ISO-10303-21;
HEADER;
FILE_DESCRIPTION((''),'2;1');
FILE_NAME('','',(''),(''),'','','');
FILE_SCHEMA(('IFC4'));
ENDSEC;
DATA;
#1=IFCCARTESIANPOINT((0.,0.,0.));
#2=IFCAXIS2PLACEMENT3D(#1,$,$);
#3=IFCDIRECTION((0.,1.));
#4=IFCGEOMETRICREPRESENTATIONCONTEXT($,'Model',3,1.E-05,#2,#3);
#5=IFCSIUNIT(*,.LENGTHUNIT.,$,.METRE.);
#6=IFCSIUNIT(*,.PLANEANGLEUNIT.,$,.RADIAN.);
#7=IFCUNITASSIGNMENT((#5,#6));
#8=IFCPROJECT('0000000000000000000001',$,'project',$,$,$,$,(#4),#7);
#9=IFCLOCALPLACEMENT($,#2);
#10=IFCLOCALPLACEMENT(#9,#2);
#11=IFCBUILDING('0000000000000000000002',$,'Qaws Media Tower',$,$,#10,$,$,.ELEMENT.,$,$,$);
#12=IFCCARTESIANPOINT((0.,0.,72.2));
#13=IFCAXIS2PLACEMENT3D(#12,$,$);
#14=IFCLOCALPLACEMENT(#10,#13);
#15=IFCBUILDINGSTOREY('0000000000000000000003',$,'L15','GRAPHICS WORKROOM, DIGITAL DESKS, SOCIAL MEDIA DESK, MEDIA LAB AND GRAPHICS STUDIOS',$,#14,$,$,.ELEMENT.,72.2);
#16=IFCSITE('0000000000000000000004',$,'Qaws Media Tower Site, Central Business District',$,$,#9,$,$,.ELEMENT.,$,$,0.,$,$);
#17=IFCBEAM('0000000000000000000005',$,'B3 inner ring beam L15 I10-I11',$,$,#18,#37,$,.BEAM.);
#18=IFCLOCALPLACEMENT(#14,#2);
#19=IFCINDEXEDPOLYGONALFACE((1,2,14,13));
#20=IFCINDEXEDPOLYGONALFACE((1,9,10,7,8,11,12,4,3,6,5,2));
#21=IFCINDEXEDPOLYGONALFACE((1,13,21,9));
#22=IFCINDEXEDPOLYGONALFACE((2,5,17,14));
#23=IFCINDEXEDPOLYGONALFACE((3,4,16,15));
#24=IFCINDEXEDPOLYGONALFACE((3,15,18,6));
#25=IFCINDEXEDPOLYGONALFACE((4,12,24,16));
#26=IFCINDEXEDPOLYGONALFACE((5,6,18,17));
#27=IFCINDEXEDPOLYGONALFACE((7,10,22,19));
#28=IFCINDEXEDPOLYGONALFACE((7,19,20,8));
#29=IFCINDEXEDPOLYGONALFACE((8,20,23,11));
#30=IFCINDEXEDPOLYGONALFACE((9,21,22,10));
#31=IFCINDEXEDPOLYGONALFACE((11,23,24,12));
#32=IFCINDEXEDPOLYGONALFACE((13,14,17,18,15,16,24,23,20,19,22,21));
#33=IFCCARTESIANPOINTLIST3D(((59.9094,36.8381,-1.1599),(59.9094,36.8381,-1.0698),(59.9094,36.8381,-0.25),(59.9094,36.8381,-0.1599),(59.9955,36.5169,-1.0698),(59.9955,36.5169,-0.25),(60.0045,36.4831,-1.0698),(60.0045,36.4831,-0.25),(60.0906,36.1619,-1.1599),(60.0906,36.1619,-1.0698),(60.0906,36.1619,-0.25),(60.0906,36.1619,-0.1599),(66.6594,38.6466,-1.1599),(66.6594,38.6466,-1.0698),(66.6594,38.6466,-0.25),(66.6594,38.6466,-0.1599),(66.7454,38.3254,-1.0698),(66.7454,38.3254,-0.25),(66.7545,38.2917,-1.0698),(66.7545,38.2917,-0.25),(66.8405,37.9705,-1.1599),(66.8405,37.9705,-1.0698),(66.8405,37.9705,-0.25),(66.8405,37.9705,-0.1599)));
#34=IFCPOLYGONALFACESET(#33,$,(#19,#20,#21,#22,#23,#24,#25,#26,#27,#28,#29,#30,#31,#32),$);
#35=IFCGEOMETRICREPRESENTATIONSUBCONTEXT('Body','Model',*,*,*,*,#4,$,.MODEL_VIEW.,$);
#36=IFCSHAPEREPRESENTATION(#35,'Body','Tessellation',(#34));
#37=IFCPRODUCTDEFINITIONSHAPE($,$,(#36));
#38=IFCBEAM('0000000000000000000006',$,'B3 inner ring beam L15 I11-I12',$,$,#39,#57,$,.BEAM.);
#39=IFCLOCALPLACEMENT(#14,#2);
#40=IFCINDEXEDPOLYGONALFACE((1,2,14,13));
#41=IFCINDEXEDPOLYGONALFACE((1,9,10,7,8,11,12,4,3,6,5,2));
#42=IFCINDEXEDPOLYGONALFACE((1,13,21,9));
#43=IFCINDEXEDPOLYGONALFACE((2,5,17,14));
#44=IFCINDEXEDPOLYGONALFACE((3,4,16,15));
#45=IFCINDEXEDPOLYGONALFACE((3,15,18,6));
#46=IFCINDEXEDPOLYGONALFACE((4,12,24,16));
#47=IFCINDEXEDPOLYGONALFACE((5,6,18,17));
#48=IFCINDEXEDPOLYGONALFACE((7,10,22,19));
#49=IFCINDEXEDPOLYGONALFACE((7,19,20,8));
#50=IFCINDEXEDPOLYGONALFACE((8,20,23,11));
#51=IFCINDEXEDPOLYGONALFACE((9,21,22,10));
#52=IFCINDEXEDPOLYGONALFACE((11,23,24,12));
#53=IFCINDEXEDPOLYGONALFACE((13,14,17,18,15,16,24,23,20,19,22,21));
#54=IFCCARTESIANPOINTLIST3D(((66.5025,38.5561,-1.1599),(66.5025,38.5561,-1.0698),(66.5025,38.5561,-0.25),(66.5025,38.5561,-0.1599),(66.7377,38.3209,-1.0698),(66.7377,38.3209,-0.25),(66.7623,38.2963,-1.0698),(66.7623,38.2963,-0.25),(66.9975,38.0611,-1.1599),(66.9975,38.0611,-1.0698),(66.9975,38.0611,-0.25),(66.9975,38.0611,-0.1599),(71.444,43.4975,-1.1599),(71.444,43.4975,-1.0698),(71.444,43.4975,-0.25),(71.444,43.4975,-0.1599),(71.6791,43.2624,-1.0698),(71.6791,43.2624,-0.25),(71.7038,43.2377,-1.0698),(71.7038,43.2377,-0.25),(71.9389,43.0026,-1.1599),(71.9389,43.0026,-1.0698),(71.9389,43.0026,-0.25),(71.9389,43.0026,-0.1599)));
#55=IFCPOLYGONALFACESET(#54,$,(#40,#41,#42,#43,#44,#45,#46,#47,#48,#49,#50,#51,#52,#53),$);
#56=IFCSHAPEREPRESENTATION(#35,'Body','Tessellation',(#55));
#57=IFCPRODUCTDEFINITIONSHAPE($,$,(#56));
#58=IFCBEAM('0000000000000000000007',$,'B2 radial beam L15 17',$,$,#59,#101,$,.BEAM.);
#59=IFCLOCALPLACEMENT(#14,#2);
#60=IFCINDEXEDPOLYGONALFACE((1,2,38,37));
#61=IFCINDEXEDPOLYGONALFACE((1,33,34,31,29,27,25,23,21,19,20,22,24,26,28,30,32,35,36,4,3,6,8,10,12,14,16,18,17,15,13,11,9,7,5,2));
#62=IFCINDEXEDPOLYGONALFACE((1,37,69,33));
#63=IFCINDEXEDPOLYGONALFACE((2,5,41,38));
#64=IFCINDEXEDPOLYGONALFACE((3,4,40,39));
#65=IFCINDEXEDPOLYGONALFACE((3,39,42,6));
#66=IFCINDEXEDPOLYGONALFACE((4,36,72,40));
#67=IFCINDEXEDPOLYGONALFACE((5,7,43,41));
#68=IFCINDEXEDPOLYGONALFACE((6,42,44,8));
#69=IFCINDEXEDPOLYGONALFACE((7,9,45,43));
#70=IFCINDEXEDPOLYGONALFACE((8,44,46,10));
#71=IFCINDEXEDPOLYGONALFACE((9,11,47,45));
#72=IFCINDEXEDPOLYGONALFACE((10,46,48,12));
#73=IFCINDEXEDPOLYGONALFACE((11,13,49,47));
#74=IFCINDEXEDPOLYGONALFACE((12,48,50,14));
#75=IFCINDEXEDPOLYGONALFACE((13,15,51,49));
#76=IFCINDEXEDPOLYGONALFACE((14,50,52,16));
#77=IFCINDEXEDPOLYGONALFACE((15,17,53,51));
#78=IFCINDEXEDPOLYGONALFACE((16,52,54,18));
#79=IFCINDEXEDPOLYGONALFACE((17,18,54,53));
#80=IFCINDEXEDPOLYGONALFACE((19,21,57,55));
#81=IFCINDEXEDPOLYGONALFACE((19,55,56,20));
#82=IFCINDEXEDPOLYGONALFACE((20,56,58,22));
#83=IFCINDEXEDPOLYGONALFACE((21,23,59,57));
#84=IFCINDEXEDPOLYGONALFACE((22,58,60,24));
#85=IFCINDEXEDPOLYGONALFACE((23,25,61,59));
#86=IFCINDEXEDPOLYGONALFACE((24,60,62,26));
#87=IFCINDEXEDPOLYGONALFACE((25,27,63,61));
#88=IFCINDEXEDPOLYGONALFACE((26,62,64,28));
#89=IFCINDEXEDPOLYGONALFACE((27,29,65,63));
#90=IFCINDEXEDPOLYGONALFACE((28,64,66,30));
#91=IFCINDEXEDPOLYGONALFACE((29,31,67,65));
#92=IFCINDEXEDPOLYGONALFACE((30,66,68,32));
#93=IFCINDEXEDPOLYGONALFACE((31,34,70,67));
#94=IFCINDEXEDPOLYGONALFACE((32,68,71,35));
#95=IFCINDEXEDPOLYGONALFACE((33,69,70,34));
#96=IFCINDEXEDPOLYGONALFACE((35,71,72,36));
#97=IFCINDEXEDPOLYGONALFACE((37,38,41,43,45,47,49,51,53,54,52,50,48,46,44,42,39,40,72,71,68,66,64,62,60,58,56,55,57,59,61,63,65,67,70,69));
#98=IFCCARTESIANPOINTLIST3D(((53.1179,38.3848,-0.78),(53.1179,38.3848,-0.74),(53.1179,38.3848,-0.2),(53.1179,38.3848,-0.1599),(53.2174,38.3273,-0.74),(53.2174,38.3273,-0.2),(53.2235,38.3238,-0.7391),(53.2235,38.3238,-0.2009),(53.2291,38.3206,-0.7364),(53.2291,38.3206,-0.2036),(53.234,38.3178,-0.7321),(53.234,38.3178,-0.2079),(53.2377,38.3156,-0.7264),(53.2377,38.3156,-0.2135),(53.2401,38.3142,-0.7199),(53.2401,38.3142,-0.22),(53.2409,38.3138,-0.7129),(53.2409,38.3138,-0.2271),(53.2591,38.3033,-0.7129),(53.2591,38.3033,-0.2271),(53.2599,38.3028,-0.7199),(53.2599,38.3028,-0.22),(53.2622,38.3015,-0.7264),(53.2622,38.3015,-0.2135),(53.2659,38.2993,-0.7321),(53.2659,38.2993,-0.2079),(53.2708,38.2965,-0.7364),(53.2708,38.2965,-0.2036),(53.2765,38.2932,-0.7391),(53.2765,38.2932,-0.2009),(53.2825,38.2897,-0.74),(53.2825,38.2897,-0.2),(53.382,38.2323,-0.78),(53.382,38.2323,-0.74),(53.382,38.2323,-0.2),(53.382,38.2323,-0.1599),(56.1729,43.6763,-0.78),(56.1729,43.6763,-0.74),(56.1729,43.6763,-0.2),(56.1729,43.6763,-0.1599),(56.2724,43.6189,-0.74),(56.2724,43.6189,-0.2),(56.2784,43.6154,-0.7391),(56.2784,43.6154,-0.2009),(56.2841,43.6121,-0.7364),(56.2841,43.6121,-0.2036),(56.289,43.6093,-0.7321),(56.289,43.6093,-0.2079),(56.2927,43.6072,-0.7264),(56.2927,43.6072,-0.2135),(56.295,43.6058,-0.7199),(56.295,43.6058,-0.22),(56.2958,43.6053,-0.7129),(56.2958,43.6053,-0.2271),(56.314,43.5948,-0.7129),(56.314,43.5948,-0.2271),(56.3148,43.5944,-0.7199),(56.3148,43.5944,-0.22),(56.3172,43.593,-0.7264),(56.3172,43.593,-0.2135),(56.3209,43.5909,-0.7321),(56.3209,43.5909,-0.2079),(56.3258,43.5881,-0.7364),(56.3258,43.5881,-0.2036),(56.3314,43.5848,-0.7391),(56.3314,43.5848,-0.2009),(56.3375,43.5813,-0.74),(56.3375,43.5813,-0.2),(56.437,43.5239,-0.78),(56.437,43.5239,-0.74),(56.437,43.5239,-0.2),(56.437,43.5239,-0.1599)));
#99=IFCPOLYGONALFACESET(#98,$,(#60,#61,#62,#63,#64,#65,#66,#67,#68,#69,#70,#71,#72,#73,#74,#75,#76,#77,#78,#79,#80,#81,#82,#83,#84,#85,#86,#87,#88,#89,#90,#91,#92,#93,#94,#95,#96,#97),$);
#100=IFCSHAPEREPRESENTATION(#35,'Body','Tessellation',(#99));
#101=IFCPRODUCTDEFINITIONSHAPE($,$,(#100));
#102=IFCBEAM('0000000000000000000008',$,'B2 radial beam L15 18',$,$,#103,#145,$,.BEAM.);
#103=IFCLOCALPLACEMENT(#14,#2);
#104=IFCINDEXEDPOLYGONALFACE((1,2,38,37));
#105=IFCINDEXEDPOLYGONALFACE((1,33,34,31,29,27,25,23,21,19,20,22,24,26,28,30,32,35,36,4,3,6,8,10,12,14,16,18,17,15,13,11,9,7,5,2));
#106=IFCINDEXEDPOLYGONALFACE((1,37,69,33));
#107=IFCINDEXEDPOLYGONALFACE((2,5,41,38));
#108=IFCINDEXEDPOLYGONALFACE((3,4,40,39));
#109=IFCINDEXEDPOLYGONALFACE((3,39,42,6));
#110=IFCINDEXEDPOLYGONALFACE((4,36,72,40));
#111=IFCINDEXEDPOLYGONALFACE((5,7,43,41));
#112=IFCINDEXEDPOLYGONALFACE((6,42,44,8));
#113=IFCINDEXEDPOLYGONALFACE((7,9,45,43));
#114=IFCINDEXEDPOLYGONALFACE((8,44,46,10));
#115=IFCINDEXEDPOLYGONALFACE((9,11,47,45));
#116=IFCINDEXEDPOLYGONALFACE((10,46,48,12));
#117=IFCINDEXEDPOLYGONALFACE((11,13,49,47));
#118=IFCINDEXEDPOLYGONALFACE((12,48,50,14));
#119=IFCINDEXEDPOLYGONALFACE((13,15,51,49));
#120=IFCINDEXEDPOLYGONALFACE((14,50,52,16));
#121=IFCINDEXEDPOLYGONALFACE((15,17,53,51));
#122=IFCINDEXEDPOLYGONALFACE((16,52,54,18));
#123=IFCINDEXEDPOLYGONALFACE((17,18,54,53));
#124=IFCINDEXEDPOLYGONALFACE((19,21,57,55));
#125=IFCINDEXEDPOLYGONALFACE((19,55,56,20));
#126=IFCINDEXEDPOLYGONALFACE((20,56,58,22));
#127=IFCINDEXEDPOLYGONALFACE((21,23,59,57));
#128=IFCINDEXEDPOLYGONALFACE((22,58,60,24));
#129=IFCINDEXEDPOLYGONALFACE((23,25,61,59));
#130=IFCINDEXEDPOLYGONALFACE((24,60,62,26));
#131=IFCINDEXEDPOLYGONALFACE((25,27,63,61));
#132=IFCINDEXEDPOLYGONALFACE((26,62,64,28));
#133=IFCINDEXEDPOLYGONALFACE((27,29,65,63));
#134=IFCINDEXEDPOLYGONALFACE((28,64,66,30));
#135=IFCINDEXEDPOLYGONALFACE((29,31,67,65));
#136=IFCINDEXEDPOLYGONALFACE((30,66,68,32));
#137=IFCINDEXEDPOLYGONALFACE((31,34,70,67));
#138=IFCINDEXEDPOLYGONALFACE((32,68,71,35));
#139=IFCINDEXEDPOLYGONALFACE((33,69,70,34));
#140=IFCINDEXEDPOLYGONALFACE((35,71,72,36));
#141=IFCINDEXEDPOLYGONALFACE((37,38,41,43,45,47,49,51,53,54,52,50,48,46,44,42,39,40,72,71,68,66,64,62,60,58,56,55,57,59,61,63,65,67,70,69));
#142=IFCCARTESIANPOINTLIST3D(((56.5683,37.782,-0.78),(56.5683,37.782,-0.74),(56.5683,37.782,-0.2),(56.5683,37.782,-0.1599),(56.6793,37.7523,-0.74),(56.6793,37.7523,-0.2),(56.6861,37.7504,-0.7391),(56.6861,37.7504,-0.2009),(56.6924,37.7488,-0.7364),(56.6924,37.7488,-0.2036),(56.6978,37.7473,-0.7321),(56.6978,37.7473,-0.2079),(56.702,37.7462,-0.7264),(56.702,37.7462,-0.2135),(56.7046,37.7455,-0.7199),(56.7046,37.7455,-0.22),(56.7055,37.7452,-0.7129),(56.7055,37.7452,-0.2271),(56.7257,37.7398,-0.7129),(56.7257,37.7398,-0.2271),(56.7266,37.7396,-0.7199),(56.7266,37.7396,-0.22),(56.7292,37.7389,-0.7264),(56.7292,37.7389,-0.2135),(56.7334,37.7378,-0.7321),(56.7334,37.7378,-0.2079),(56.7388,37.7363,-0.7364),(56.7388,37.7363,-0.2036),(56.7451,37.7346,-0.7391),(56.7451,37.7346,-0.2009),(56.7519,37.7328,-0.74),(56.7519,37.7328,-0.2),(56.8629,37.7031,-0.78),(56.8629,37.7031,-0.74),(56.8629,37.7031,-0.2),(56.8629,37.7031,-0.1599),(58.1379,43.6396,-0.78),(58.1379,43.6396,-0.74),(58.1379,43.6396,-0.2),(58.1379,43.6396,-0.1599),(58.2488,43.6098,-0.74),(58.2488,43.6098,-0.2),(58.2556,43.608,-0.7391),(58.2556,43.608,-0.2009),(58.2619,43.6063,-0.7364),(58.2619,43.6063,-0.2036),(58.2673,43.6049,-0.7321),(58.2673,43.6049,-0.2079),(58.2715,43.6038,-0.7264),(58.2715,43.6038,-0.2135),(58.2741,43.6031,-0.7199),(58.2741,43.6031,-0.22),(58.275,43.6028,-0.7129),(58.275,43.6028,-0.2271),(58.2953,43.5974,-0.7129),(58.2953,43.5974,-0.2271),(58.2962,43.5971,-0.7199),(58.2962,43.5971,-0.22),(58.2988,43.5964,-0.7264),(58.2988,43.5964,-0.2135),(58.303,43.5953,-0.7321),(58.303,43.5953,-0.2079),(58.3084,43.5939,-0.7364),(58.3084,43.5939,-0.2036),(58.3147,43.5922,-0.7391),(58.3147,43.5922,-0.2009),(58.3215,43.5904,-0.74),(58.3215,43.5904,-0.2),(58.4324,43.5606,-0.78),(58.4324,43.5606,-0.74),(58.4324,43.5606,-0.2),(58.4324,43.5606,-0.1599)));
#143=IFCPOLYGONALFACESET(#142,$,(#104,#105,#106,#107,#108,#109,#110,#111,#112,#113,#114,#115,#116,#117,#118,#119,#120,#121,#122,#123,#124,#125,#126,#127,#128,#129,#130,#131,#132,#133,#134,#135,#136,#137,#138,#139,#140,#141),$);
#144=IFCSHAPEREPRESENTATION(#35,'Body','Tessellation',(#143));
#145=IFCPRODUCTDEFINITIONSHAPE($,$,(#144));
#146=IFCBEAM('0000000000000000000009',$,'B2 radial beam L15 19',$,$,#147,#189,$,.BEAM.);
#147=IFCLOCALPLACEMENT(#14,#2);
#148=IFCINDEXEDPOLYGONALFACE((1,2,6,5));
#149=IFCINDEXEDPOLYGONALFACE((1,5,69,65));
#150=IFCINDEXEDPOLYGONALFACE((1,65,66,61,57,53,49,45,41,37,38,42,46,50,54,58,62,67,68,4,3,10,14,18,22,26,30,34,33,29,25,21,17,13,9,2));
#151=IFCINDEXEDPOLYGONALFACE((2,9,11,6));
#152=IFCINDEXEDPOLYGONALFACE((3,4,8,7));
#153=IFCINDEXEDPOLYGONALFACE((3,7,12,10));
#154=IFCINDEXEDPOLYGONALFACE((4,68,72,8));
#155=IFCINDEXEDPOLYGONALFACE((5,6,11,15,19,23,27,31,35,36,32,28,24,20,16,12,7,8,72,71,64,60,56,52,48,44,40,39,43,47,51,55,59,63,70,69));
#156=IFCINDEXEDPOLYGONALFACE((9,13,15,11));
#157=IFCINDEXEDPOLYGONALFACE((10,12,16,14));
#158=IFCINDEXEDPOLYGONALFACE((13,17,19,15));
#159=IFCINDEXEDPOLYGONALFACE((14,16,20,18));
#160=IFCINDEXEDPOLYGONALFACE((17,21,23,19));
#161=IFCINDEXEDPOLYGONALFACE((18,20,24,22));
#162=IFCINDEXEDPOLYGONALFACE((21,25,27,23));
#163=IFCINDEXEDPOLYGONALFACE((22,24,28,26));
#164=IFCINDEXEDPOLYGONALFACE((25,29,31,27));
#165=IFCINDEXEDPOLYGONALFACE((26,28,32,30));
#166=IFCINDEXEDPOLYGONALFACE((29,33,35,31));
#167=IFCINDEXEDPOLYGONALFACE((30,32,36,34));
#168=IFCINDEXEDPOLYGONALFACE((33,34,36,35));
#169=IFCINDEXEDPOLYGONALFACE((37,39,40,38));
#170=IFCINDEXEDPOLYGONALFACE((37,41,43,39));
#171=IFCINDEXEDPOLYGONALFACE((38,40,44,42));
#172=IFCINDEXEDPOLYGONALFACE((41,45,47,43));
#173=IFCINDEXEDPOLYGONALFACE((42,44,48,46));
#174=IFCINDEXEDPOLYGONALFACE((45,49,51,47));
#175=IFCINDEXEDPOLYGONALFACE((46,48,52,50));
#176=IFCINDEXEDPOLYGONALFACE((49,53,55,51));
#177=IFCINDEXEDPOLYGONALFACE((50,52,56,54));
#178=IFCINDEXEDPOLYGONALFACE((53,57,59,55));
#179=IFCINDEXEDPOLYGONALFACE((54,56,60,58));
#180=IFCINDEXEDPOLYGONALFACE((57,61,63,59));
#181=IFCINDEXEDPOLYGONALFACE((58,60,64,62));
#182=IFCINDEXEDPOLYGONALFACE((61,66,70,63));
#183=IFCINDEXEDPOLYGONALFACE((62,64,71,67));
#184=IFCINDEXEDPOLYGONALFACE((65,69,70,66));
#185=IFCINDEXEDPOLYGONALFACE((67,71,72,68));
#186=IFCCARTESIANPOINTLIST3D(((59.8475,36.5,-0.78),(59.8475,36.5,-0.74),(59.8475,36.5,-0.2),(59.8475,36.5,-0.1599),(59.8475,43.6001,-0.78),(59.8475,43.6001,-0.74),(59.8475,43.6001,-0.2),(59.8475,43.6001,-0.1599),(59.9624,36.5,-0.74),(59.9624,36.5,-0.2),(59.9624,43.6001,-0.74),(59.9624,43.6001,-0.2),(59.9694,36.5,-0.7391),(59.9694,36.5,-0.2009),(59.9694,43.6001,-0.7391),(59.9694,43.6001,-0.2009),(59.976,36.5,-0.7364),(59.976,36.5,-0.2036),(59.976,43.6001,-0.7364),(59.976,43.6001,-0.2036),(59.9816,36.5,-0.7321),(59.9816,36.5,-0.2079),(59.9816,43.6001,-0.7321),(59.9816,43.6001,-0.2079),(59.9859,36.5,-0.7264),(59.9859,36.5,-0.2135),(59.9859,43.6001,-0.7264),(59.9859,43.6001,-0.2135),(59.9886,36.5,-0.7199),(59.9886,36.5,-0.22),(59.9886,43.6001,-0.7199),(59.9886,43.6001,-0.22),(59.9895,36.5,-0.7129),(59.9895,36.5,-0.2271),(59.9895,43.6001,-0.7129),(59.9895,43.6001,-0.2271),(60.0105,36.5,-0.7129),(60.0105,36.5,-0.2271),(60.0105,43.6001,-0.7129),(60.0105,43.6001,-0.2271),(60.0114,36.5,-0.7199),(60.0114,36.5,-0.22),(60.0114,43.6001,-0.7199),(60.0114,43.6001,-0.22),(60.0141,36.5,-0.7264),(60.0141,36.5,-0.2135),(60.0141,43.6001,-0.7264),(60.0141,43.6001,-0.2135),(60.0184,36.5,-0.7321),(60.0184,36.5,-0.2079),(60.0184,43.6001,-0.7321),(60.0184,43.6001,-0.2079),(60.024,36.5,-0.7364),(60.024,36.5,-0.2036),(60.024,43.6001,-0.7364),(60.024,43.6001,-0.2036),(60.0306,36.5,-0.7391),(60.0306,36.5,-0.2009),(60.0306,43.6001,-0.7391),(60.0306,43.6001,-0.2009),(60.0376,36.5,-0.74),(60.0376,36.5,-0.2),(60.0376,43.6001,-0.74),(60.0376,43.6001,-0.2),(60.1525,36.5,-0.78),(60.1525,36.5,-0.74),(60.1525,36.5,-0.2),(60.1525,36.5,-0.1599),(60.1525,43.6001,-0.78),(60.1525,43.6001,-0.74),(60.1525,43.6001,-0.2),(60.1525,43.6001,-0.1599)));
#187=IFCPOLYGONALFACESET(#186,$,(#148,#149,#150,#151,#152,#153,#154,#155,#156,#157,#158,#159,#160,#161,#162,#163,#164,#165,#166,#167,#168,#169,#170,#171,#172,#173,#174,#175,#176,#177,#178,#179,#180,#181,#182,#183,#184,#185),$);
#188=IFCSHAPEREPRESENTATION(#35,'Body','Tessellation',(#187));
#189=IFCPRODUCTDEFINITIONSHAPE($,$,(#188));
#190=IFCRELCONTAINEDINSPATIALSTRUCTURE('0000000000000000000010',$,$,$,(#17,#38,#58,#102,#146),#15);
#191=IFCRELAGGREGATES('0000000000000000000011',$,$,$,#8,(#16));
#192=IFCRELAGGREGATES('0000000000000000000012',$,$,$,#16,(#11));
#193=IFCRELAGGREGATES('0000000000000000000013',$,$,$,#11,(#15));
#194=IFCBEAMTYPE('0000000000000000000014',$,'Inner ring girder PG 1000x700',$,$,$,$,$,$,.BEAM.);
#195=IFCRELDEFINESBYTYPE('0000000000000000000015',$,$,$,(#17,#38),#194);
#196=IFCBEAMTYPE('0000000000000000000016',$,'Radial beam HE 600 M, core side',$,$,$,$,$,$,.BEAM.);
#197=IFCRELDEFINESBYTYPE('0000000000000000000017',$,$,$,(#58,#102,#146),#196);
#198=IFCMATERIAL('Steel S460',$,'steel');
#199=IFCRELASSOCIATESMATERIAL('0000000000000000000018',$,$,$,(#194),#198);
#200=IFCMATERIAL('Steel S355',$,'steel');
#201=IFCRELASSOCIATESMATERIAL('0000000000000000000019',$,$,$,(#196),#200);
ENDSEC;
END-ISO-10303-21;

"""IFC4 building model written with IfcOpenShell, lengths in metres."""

from ifc_helpers import new_model, si_unit, direction, frame, origin, origin_2d, place, context, subcontext, project, spatial, i_section, extrude, material, material_profile, profile_set, type_object, element, save


model = new_model("IFC4")

# Units and contexts
model_context = context("Model", 3, precision=1e-05, world=origin(), true_north=direction((0.0, 1.0)))
body_context = subcontext(model_context, "Body", "Model", "MODEL_VIEW")
ifc_project = project(units=[si_unit("LENGTHUNIT", "METRE"), si_unit("PLANEANGLEUNIT", "RADIAN")], contexts=[model_context])

# Site, building, storey
site_placement = place(None, origin())
site = spatial("IfcSite", under=ifc_project, at=site_placement, Name="Qaws Media Tower Site, Central Business District", CompositionType="ELEMENT", RefElevation=0.0)
building_placement = place(site_placement, origin())
building = spatial("IfcBuilding", under=site, at=building_placement, Name="Qaws Media Tower", CompositionType="ELEMENT")
storey_placement = place(building_placement, frame((0.0, 0.0, 72.2)))
storey = spatial("IfcBuildingStorey", under=building, at=storey_placement, Name="L15", Description="GRAPHICS WORKROOM, DIGITAL DESKS, SOCIAL MEDIA DESK, MEDIA LAB AND GRAPHICS STUDIOS", CompositionType="ELEMENT", Elevation=72.2)

# Beams
ifc_material_1 = material(Name="Steel S460", Category="steel")
ifc_material_profile_1 = material_profile(ifc_material_1, i_section(OverallWidth=0.7, OverallDepth=1.0, WebThickness=0.0349, FlangeThickness=0.0901, at=origin_2d()), Name="PG 1000x700")
ifc_profile_set_1 = profile_set([ifc_material_profile_1], Name="Steel S460")
beam_type_1 = type_object("IfcBeamType", Name="Inner ring girder PG 1000x700", PredefinedType="BEAM", material=ifc_profile_set_1)
beam_1_placement = place(storey_placement, frame((60.0, 36.5, -0.6599), z_axis=(0.965928, 0.258811, 0.0), x_axis=(-0.258811, 0.965928, 0.0)))
element("IfcBeam", 1, at=beam_1_placement, inside=storey, type_object=beam_type_1, Name="B3 inner ring beam L15 I10-I11", PredefinedType="BEAM", context=body_context, shape_type="SweptSolid", body=[
    extrude(i_section(OverallWidth=0.7, OverallDepth=1.0, WebThickness=0.0349, FlangeThickness=0.0901, at=origin_2d()), origin(), (0.0, 0.0, 1.0), 6.988),
])
beam_2_placement = place(storey_placement, frame((66.75, 38.3086, -0.6599), z_axis=(0.707107, 0.707107, 0.0), x_axis=(-0.707107, 0.707107, 0.0)))
element("IfcBeam", 2, at=beam_2_placement, inside=storey, type_object=beam_type_1, Name="B3 inner ring beam L15 I11-I12", PredefinedType="BEAM", context=body_context, shape_type="SweptSolid", body=[
    extrude(i_section(OverallWidth=0.7, OverallDepth=1.0, WebThickness=0.0349, FlangeThickness=0.0901, at=origin_2d()), origin(), (0.0, 0.0, 1.0), 6.9883),
])
ifc_material_2 = material(Name="Steel S355", Category="steel")
ifc_material_profile_2 = material_profile(ifc_material_2, i_section(OverallWidth=0.3049, OverallDepth=0.6201, WebThickness=0.021, FlangeThickness=0.04, FilletRadius=0.0271, at=origin_2d()), Name="HE 600 M")
ifc_profile_set_2 = profile_set([ifc_material_profile_2], Name="Steel S355")
beam_type_2 = type_object("IfcBeamType", Name="Radial beam HE 600 M, core side", PredefinedType="BEAM", material=ifc_profile_set_2)
beam_3_placement = place(storey_placement, frame((56.3049, 43.6001, -0.47), z_axis=(-0.499985, -0.866034, 0.0), x_axis=(0.866034, -0.499985, 0.0)))
element("IfcBeam", 3, at=beam_3_placement, inside=storey, type_object=beam_type_2, Name="B2 radial beam L15 17", PredefinedType="BEAM", context=body_context, shape_type="SweptSolid", body=[
    extrude(i_section(OverallWidth=0.3049, OverallDepth=0.6201, WebThickness=0.021, FlangeThickness=0.04, FilletRadius=0.0271, at=origin_2d()), origin(), (0.0, 0.0, 1.0), 6.1101),
])
beam_4_placement = place(storey_placement, frame((58.2852, 43.6001, -0.47), z_axis=(-0.258823, -0.965925, 0.0), x_axis=(0.965925, -0.258823, 0.0)))
element("IfcBeam", 4, at=beam_4_placement, inside=storey, type_object=beam_type_2, Name="B2 radial beam L15 18", PredefinedType="BEAM", context=body_context, shape_type="SweptSolid", body=[
    extrude(i_section(OverallWidth=0.3049, OverallDepth=0.6201, WebThickness=0.021, FlangeThickness=0.04, FilletRadius=0.0271, at=origin_2d()), origin(), (0.0, 0.0, 1.0), 6.0642),
])
beam_5_placement = place(storey_placement, frame((60.0, 43.6001, -0.47), z_axis=(0.0, -1.0, 0.0), x_axis=(1.0, 0.0, 0.0)))
element("IfcBeam", 5, at=beam_5_placement, inside=storey, type_object=beam_type_2, Name="B2 radial beam L15 19", PredefinedType="BEAM", context=body_context, shape_type="SweptSolid", body=[
    extrude(i_section(OverallWidth=0.3049, OverallDepth=0.6201, WebThickness=0.021, FlangeThickness=0.04, FilletRadius=0.0271, at=origin_2d()), origin(), (0.0, 0.0, 1.0), 7.1001),
])

save(model, "model.ifc")
